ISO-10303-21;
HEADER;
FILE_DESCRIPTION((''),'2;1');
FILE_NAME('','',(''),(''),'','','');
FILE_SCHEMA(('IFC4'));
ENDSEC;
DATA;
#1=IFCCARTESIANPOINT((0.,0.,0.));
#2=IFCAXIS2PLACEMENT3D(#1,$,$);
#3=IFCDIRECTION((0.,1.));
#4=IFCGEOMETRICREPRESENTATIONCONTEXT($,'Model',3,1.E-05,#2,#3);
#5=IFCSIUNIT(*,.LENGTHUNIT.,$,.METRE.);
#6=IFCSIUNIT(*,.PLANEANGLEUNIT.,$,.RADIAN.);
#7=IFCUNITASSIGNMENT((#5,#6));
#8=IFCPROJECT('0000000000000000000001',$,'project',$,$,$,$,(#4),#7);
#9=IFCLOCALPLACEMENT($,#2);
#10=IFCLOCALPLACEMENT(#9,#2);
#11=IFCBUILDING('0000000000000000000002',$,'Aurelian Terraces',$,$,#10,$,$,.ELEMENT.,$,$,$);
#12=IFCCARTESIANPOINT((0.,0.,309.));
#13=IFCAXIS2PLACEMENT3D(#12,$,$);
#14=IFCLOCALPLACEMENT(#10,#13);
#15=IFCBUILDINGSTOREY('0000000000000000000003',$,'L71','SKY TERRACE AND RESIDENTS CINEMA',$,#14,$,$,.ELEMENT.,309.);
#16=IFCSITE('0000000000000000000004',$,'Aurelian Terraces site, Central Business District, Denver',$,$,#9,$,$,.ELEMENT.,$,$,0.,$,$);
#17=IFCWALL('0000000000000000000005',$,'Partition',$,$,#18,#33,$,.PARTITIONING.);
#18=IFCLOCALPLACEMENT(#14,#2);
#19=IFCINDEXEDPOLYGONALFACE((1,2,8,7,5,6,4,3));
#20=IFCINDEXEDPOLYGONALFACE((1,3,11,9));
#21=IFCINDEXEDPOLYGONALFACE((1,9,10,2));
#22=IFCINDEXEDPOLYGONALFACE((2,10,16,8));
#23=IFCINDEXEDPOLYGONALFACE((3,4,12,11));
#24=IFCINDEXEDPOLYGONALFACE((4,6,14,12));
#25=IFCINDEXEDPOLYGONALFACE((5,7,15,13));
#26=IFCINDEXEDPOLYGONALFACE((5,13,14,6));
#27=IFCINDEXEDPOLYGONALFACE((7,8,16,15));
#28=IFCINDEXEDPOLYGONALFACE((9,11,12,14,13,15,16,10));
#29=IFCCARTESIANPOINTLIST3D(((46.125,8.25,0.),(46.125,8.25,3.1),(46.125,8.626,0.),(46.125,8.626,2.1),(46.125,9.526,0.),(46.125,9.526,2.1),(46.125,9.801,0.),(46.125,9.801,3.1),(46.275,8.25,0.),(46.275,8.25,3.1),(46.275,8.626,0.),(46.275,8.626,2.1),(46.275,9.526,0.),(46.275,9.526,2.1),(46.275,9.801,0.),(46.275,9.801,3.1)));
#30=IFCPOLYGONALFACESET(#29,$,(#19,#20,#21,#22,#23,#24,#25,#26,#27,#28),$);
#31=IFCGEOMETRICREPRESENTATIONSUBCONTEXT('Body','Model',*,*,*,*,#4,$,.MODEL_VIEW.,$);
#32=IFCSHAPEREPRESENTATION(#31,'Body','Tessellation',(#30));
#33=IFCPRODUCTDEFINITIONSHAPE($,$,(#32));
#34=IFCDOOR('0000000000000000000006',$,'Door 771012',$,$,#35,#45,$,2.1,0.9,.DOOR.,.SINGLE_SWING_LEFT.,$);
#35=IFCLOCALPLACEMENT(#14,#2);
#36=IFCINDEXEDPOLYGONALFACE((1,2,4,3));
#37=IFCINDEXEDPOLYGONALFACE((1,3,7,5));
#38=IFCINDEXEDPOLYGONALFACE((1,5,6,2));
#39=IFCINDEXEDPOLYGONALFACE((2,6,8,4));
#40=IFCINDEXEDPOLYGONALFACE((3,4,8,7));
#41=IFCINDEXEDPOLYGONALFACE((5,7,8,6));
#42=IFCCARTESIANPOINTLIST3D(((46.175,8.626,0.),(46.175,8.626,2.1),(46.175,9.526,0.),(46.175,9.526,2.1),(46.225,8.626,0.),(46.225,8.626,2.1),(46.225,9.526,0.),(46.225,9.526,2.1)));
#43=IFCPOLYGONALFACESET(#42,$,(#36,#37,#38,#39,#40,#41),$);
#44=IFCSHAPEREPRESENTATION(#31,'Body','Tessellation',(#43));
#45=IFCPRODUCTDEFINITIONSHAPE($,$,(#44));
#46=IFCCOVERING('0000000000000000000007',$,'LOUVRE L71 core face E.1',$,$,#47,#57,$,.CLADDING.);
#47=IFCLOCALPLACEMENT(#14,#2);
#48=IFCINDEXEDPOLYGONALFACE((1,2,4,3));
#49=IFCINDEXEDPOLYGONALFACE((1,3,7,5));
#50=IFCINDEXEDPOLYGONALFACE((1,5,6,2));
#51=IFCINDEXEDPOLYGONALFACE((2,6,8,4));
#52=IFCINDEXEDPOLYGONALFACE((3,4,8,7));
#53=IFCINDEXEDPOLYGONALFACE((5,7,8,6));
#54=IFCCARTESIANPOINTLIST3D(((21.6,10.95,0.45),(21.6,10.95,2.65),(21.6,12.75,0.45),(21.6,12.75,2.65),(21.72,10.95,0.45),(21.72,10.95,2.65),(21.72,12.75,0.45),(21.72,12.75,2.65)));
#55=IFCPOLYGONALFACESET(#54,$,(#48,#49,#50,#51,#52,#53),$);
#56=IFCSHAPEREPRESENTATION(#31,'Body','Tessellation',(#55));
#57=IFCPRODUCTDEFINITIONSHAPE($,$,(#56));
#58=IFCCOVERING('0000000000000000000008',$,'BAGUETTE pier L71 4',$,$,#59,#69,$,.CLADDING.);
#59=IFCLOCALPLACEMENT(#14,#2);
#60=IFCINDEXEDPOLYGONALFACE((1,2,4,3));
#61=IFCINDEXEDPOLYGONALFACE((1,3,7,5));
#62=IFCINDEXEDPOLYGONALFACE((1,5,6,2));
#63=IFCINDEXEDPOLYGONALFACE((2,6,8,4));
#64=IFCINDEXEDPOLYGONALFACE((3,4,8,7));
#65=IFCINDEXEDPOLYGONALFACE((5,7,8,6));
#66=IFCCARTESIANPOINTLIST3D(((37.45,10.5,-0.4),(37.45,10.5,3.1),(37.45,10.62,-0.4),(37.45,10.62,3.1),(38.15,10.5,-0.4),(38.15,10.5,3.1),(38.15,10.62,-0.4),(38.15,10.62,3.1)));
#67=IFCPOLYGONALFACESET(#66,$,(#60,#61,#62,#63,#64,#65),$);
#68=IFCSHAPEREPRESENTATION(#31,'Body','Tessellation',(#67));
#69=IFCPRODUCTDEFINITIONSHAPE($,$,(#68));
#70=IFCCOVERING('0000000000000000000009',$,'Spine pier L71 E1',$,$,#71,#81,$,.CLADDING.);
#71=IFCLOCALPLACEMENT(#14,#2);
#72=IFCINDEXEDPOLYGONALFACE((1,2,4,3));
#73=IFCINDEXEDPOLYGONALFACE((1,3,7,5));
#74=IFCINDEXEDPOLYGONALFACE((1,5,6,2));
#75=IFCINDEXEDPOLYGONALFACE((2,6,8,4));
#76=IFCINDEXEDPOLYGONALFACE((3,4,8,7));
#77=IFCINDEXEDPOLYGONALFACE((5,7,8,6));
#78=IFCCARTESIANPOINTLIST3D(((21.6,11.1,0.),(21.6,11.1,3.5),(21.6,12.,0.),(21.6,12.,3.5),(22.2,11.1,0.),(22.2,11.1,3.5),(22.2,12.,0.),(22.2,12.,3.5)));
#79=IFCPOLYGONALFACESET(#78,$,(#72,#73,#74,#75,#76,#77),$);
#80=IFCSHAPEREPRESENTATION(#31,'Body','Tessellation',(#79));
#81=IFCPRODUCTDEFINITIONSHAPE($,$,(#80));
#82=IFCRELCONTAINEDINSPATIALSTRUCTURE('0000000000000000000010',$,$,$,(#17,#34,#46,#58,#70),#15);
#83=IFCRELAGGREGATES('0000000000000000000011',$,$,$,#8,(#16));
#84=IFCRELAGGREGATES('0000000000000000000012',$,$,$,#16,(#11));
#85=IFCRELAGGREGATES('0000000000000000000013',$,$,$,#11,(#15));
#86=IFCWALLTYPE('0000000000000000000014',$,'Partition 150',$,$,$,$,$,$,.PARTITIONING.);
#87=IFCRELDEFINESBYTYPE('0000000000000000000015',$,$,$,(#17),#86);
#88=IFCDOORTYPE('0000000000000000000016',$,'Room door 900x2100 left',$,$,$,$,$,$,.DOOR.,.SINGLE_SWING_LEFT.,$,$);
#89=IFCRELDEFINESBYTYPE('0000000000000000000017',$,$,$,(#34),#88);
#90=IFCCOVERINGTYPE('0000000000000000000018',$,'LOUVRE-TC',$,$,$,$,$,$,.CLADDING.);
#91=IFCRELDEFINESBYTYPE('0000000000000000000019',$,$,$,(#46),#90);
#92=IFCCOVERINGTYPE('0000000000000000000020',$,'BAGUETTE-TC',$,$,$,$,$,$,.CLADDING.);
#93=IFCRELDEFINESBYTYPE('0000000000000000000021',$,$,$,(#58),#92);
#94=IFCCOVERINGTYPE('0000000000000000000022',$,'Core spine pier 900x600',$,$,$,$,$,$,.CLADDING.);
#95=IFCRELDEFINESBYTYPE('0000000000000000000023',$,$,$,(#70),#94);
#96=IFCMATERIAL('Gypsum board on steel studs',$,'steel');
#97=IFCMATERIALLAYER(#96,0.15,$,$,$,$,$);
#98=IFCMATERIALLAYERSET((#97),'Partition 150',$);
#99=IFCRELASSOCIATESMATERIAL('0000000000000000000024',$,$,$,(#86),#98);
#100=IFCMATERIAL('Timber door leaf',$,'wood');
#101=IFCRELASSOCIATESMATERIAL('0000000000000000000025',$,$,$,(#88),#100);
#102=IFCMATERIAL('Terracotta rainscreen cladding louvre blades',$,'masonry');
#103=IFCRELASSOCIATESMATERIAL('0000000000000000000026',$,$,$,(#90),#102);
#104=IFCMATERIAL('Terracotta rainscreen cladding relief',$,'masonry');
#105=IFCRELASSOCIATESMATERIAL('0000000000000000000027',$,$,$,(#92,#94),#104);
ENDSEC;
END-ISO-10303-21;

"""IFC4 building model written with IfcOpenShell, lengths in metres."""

from ifc_helpers import new_model, si_unit, direction, frame, frame_2d, origin, origin_2d, place, context, subcontext, project, spatial, rectangle, extrude, source, transform, mapped, material, layer, layer_set, type_object, element, fill, save


model = new_model("IFC4")

# Units and contexts
model_context = context("Model", 3, precision=1e-05, world=origin(), true_north=direction((0.0, 1.0)))
body_context = subcontext(model_context, "Body", "Model", "MODEL_VIEW")
ifc_project = project(units=[si_unit("LENGTHUNIT", "METRE"), si_unit("PLANEANGLEUNIT", "RADIAN")], contexts=[model_context])

# Site, building, storey
site_placement = place(None, origin())
site = spatial("IfcSite", under=ifc_project, at=site_placement, Name="Aurelian Terraces site, Central Business District, Denver", CompositionType="ELEMENT", RefElevation=0.0)
building_placement = place(site_placement, origin())
building = spatial("IfcBuilding", under=site, at=building_placement, Name="Aurelian Terraces", CompositionType="ELEMENT")
storey_placement = place(building_placement, frame((0.0, 0.0, 309.0)))
storey = spatial("IfcBuildingStorey", under=building, at=storey_placement, Name="L71", Description="SKY TERRACE AND RESIDENTS CINEMA", CompositionType="ELEMENT", Elevation=309.0)

# Wall, opening, door
ifc_material_1 = material(Name="Gypsum board on steel studs", Category="steel")
ifc_layer_1 = layer(ifc_material_1, 0.15)
ifc_layer_set_1 = layer_set([ifc_layer_1], Name="Partition 150")
wall_type_1 = type_object("IfcWallType", Name="Partition 150", PredefinedType="PARTITIONING", material=ifc_layer_set_1)
shared_shape_1 = source(origin(), body_context, "Body", "SweptSolid", [
    extrude(rectangle(XDim=1.551, YDim=0.15, at=frame_2d((0.7755, 0.0))), origin(), (0.0, 0.0, 1.0), 3.1),
])
wall_1_placement = place(storey_placement, frame((46.2, 9.801, 0.0), z_axis=(0.0, 0.0, 1.0), x_axis=(0.0, -1.0, 0.0)))
wall_1 = element("IfcWall", 1, at=wall_1_placement, inside=storey, type_object=wall_type_1, Name="Partition", PredefinedType="PARTITIONING", context=body_context, shape_type="MappedRepresentation", body=[
    mapped(shared_shape_1, transform((0.0, 0.0, 0.0), scale=1.0)),
])
shared_shape_2 = source(origin(), body_context, "Body", "SweptSolid", [
    extrude(rectangle(XDim=0.9, YDim=2.1, at=frame_2d((0.45, 1.05))), frame((0.0, 0.085, 0.0), z_axis=(0.0, -1.0, 0.0), x_axis=(1.0, 0.0, 0.0)), (0.0, 0.0, 1.0), 0.17),
])
opening_1_placement = place(wall_1_placement, frame((0.275, 0.0, 0.0)))
opening_1 = element("IfcOpeningElement", 2, at=opening_1_placement, cuts=wall_1, PredefinedType="OPENING", context=body_context, shape_type="MappedRepresentation", body=[
    mapped(shared_shape_2, transform((0.0, 0.0, 0.0), scale=1.0)),
])
ifc_material_2 = material(Name="Timber door leaf", Category="wood")
door_type = type_object("IfcDoorType", Name="Room door 900x2100 left", OperationType="SINGLE_SWING_LEFT", PredefinedType="DOOR", material=ifc_material_2)
shared_shape_3 = source(origin(), body_context, "Body", "SweptSolid", [
    extrude(rectangle(XDim=0.9, YDim=2.1, at=frame_2d((0.45, 1.05))), frame((0.0, 0.025, 0.0), z_axis=(0.0, -1.0, 0.0), x_axis=(1.0, 0.0, 0.0)), (0.0, 0.0, 1.0), 0.05),
])
door_placement = place(opening_1_placement, origin())
door = element("IfcDoor", 3, at=door_placement, inside=storey, type_object=door_type, Name="Door 771012", OperationType="SINGLE_SWING_LEFT", OverallHeight=2.1, OverallWidth=0.9, PredefinedType="DOOR", context=body_context, shape_type="MappedRepresentation", body=[
    mapped(shared_shape_3, transform((0.0, 0.0, 0.0), scale=1.0)),
])
fill(opening_1, door)

# Coverings
ifc_material_3 = material(Name="Terracotta rainscreen cladding louvre blades", Category="masonry")
covering_type_1 = type_object("IfcCoveringType", Name="LOUVRE-TC", PredefinedType="CLADDING", material=ifc_material_3)
shared_shape_4 = source(origin(), body_context, "Body", "SweptSolid", [
    extrude(rectangle(XDim=0.12, YDim=1.8, at=origin_2d()), origin(), (0.0, 0.0, 1.0), 2.2),
])
covering_1_placement = place(storey_placement, frame((21.66, 11.85, 0.45), z_axis=(0.0, 0.0, 1.0), x_axis=(1.0, 0.0, 0.0)))
element("IfcCovering", 4, at=covering_1_placement, inside=storey, type_object=covering_type_1, Name="LOUVRE L71 core face E.1", PredefinedType="CLADDING", context=body_context, shape_type="MappedRepresentation", body=[
    mapped(shared_shape_4, transform((0.0, 0.0, 0.0), scale=1.0)),
])
ifc_material_4 = material(Name="Terracotta rainscreen cladding relief", Category="masonry")
covering_type_2 = type_object("IfcCoveringType", Name="BAGUETTE-TC", PredefinedType="CLADDING", material=ifc_material_4)
shared_shape_5 = source(origin(), body_context, "Body", "SweptSolid", [
    extrude(rectangle(XDim=0.7, YDim=0.12, at=origin_2d()), origin(), (0.0, 0.0, 1.0), 3.5),
])
covering_2_placement = place(storey_placement, frame((37.8, 10.56, -0.4), z_axis=(0.0, 0.0, 1.0), x_axis=(1.0, 0.0, 0.0)))
element("IfcCovering", 5, at=covering_2_placement, inside=storey, type_object=covering_type_2, Name="BAGUETTE pier L71 4", PredefinedType="CLADDING", context=body_context, shape_type="MappedRepresentation", body=[
    mapped(shared_shape_5, transform((0.0, 0.0, 0.0), scale=1.0)),
])
covering_type_3 = type_object("IfcCoveringType", Name="Core spine pier 900x600", PredefinedType="CLADDING", material=ifc_material_4)
shared_shape_6 = source(origin(), body_context, "Body", "SweptSolid", [
    extrude(rectangle(XDim=0.6, YDim=0.9, at=origin_2d()), origin(), (0.0, 0.0, 1.0), 3.5),
])
covering_3_placement = place(storey_placement, frame((21.9, 11.55, 0.0), z_axis=(0.0, 0.0, 1.0), x_axis=(1.0, 0.0, 0.0)))
element("IfcCovering", 6, at=covering_3_placement, inside=storey, type_object=covering_type_3, Name="Spine pier L71 E1", PredefinedType="CLADDING", context=body_context, shape_type="MappedRepresentation", body=[
    mapped(shared_shape_6, transform((0.0, 0.0, 0.0), scale=1.0)),
])

save(model, "model.ifc")
